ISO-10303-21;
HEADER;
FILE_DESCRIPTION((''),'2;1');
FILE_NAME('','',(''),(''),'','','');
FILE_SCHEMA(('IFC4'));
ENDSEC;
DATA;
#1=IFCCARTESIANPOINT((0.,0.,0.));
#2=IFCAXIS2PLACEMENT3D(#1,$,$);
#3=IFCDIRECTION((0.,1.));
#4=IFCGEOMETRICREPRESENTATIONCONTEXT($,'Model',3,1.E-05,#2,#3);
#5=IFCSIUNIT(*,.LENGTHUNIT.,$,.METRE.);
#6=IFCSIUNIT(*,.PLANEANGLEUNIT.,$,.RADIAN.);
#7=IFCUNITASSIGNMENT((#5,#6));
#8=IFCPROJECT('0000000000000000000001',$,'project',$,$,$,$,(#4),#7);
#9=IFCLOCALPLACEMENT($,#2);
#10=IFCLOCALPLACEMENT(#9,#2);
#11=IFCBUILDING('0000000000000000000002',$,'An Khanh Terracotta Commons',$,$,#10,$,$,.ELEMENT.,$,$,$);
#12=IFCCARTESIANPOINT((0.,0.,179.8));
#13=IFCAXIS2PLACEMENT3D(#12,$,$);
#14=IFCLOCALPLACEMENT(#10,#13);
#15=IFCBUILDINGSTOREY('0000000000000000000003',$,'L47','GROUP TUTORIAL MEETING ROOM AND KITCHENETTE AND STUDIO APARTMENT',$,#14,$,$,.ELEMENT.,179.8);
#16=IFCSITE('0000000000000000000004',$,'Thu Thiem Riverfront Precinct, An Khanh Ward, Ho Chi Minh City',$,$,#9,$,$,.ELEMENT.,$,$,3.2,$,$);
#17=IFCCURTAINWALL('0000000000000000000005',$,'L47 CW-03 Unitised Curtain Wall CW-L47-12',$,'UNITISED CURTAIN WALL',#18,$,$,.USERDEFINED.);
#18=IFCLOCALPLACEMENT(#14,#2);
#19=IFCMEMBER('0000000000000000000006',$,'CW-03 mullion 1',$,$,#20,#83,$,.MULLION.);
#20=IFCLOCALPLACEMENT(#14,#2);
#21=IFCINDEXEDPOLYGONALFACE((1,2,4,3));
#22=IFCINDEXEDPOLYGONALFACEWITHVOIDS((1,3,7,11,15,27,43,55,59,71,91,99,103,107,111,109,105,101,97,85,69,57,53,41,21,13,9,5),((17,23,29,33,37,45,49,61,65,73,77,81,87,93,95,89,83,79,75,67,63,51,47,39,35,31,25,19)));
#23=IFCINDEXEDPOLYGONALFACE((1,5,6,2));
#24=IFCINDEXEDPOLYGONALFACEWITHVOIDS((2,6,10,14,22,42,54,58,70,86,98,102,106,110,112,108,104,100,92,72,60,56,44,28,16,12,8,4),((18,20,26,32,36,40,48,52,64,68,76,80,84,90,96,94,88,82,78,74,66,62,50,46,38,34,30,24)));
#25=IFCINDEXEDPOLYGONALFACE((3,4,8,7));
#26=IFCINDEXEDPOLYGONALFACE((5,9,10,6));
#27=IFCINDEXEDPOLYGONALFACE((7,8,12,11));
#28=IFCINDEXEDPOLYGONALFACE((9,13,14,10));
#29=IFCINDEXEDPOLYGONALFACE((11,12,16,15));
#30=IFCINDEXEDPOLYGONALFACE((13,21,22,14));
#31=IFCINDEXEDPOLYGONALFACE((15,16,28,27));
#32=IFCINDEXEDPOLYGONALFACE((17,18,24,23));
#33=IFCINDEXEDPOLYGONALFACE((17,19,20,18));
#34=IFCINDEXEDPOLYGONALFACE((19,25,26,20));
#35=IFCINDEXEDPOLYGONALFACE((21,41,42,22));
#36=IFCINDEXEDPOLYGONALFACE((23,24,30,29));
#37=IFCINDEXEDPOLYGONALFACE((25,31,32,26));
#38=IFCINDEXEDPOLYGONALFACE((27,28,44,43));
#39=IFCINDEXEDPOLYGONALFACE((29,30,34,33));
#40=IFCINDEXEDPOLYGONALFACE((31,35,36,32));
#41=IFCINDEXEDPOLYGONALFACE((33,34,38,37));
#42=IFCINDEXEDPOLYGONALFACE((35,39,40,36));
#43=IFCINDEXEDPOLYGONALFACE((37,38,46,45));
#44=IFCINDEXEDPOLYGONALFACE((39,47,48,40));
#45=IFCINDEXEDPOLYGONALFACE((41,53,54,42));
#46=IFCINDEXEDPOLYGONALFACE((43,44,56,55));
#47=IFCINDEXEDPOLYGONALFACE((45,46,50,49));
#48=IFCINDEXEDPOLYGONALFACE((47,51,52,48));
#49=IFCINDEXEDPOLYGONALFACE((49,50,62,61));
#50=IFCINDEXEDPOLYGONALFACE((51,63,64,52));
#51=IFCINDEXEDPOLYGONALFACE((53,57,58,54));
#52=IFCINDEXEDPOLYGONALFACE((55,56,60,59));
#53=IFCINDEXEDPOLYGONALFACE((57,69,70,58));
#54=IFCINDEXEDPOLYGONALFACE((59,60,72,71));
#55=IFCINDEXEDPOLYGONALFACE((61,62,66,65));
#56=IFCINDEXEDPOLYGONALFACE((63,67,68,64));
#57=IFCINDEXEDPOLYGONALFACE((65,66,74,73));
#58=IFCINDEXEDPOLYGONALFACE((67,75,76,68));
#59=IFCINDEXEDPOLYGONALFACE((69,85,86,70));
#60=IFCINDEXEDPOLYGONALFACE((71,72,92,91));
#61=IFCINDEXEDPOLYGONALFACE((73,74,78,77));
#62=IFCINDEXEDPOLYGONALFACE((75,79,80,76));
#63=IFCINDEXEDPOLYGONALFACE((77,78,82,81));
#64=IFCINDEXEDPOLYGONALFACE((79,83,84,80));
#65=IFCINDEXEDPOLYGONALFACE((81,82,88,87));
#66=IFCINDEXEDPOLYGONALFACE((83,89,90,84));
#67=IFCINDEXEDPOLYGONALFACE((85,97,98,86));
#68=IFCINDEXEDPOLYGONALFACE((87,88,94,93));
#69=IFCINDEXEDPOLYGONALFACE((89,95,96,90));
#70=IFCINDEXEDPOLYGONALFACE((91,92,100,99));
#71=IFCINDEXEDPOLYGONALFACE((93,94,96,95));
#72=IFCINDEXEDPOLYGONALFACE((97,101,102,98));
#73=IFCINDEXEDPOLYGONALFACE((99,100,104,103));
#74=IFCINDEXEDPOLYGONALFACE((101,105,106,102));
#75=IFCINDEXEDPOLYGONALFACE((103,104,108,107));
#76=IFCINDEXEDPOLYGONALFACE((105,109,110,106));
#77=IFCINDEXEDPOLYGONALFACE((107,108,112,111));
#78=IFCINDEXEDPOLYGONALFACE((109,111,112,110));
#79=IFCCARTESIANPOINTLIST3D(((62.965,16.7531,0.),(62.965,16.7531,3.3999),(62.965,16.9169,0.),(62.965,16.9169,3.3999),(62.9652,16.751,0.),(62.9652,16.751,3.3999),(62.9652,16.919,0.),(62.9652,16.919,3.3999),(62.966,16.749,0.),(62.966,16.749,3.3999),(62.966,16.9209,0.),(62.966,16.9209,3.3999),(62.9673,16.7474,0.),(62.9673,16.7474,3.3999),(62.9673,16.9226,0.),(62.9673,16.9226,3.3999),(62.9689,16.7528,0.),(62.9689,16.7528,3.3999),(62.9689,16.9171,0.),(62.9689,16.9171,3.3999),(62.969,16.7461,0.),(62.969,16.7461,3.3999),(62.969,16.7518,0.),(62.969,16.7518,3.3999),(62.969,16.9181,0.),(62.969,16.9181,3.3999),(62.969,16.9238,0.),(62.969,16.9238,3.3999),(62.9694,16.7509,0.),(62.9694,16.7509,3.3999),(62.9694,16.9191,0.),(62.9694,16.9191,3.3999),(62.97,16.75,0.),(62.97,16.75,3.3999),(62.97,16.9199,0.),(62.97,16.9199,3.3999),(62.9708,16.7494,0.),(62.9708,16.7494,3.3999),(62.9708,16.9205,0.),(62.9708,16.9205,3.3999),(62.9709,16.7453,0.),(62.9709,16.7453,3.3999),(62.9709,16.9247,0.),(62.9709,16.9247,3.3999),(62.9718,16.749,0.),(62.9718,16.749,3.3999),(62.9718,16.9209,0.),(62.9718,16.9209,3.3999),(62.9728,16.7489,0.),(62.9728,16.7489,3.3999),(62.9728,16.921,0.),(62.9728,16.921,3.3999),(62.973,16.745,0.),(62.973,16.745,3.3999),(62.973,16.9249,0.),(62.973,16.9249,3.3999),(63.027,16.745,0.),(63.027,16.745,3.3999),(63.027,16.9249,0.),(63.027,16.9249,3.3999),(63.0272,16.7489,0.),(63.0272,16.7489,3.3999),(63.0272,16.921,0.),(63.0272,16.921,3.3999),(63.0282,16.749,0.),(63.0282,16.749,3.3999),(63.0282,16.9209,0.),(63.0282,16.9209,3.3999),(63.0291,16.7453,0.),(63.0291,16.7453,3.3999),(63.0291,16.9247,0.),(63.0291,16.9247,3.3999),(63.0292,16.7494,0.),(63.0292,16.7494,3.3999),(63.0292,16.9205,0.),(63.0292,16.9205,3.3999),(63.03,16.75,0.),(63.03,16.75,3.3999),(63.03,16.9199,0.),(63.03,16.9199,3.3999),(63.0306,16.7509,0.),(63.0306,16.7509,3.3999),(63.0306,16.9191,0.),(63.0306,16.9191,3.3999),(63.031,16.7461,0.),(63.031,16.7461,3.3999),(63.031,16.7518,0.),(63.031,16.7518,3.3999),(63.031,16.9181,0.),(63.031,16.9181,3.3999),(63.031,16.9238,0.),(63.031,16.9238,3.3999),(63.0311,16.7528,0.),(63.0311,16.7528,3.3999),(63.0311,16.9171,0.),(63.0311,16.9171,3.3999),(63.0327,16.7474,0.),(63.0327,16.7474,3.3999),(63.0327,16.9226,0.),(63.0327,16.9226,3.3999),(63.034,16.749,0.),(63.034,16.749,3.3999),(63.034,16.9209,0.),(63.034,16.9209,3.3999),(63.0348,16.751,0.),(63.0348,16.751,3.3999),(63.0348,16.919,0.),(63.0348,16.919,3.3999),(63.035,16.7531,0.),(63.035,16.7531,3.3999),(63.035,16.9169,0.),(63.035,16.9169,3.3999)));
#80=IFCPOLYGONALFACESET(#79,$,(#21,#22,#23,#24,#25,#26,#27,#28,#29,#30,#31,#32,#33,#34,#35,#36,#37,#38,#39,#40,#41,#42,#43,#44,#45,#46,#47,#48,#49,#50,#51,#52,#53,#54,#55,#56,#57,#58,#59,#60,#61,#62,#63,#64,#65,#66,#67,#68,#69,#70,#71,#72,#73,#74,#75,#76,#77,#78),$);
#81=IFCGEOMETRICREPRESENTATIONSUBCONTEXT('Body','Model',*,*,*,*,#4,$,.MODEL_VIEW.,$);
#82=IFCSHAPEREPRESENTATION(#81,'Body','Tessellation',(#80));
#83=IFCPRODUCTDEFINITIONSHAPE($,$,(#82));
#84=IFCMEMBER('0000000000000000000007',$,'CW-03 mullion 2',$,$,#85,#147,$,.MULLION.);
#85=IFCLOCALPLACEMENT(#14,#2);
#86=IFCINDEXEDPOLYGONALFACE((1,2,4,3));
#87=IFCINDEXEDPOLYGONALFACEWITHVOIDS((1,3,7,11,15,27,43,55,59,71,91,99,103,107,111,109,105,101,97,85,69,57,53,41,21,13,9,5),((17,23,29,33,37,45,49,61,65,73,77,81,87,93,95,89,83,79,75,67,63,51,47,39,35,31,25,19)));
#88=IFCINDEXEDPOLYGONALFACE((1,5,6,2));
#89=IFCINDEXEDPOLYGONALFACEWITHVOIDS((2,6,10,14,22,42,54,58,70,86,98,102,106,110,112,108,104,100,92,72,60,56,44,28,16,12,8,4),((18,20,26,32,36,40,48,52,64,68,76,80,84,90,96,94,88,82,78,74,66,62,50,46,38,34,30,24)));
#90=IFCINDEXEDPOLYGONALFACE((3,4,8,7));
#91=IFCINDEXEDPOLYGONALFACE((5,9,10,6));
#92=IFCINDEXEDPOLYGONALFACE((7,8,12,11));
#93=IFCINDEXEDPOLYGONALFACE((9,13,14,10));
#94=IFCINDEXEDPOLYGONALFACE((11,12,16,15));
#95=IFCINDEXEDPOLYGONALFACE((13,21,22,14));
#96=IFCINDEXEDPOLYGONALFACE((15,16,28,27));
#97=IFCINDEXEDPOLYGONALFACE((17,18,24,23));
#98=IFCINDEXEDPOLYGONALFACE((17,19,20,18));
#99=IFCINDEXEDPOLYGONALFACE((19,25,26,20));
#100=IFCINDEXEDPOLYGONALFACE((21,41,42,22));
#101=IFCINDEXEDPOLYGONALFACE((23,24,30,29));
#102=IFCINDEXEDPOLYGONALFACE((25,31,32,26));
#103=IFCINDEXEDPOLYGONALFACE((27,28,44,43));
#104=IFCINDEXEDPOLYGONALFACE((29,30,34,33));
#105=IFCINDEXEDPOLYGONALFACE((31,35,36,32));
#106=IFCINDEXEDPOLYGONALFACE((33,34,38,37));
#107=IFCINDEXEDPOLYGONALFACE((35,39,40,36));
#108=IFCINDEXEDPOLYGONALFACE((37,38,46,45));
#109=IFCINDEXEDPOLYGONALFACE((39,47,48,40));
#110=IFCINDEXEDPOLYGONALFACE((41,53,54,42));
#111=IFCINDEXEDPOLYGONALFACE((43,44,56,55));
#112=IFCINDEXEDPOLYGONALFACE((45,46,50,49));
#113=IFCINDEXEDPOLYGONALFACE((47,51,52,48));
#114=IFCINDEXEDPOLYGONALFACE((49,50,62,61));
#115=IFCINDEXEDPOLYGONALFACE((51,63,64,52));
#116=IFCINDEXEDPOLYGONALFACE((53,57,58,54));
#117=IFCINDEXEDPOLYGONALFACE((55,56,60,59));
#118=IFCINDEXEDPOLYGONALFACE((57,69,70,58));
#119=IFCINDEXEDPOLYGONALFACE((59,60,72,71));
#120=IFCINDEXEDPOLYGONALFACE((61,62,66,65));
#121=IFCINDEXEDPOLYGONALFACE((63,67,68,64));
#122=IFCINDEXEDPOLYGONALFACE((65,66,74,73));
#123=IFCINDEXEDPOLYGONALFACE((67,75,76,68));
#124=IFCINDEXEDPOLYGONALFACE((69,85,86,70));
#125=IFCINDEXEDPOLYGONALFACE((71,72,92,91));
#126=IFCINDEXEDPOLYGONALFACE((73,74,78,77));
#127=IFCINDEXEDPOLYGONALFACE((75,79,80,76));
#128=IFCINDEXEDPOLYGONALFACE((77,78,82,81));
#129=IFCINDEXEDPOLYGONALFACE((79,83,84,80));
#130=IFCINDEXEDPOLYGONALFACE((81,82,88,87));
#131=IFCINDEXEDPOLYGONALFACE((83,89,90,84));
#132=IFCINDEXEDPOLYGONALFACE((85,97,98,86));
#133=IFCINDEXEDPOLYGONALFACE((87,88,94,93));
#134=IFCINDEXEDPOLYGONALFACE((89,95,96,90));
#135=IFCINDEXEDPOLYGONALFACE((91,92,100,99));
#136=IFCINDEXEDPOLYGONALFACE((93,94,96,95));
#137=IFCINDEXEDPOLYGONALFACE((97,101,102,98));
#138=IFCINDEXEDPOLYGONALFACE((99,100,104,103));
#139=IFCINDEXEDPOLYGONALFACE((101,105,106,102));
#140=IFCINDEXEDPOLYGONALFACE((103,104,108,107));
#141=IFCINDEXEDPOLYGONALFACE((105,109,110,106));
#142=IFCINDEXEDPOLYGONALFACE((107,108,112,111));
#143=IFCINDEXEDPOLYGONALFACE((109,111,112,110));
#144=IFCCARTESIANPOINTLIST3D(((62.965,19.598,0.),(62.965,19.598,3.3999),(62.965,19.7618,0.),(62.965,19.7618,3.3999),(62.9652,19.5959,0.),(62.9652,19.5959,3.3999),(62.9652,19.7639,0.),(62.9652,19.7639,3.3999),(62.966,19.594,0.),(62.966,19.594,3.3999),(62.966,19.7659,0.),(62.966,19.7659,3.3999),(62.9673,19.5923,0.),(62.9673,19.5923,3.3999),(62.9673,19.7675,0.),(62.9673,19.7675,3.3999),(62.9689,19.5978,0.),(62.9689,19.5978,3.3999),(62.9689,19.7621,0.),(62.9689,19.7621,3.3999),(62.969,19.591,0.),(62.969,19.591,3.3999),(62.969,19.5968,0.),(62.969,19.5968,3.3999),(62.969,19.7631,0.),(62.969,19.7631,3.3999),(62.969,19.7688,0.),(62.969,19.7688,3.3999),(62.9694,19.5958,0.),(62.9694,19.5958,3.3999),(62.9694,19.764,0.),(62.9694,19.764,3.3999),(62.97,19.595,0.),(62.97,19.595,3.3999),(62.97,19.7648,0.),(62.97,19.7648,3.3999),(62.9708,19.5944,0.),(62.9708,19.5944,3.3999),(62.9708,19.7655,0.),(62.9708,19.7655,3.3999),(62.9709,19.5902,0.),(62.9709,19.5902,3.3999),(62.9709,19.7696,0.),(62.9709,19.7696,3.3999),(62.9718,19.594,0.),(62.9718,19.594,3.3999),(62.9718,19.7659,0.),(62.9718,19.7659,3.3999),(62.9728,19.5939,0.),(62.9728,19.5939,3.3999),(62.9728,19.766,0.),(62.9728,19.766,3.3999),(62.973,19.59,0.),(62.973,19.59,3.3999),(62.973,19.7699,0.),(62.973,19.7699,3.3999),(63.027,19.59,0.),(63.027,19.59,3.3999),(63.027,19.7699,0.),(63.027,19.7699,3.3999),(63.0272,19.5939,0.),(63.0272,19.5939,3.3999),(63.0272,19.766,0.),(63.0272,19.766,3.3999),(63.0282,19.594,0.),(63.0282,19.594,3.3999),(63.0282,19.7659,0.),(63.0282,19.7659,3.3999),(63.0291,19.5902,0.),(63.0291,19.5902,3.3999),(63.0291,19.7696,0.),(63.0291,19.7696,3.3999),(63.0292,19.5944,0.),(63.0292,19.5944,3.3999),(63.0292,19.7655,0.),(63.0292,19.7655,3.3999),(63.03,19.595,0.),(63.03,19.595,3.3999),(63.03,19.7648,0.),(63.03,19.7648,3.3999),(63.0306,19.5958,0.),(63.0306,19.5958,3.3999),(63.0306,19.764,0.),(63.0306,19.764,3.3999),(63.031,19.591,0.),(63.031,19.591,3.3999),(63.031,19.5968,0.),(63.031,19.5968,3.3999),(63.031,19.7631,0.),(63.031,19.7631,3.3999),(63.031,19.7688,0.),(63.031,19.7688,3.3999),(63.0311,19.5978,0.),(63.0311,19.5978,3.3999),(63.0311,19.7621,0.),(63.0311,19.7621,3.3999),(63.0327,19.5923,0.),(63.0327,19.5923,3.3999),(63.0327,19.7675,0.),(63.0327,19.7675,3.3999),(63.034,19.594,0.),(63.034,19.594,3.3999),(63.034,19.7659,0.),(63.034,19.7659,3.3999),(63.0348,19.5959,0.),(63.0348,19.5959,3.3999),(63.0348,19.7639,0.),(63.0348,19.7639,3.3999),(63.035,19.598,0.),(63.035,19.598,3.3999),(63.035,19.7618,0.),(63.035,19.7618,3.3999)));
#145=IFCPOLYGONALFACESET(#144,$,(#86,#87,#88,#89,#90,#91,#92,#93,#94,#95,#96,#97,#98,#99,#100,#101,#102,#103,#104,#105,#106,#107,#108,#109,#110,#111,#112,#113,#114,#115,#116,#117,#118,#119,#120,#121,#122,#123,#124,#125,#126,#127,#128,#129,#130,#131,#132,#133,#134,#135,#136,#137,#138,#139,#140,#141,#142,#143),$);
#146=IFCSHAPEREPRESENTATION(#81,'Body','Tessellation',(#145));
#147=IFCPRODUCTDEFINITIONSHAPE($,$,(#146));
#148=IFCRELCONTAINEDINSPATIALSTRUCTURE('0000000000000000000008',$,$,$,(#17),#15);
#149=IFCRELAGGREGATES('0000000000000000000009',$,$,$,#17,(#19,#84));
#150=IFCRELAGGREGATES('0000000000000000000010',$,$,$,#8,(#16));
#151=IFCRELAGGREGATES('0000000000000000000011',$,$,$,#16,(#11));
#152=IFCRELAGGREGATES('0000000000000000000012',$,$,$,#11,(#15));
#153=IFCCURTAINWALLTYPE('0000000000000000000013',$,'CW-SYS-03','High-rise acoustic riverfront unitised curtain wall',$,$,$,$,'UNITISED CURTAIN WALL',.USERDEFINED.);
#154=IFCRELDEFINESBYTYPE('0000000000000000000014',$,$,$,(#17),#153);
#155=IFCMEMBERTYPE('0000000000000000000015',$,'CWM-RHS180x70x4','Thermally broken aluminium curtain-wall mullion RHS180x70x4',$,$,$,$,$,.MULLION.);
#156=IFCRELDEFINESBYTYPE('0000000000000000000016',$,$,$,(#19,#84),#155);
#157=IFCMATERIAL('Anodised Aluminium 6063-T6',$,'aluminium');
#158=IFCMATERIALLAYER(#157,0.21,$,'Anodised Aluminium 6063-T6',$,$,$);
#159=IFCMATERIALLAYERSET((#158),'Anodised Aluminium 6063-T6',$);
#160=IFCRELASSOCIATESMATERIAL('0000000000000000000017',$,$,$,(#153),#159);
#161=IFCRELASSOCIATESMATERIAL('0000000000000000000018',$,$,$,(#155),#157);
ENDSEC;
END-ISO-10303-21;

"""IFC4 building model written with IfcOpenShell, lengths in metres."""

from ifc_helpers import new_model, si_unit, direction, frame, origin, origin_2d, place, context, subcontext, project, spatial, hollow_rectangle, extrude, material, layer, layer_set, material_profile, profile_set, type_object, element, aggregate, save


model = new_model("IFC4")

# Units and contexts
model_context = context("Model", 3, precision=1e-05, world=origin(), true_north=direction((0.0, 1.0)))
body_context = subcontext(model_context, "Body", "Model", "MODEL_VIEW")
ifc_project = project(units=[si_unit("LENGTHUNIT", "METRE"), si_unit("PLANEANGLEUNIT", "RADIAN")], contexts=[model_context])

# Site, building, storey
site_placement = place(None, origin())
site = spatial("IfcSite", under=ifc_project, at=site_placement, Name="Thu Thiem Riverfront Precinct, An Khanh Ward, Ho Chi Minh City", CompositionType="ELEMENT", RefElevation=3.2)
building_placement = place(site_placement, origin())
building = spatial("IfcBuilding", under=site, at=building_placement, Name="An Khanh Terracotta Commons", CompositionType="ELEMENT")
storey_placement = place(building_placement, frame((0.0, 0.0, 179.8)))
storey = spatial("IfcBuildingStorey", under=building, at=storey_placement, Name="L47", Description="GROUP TUTORIAL MEETING ROOM AND KITCHENETTE AND STUDIO APARTMENT", CompositionType="ELEMENT", Elevation=179.8)

# Curtain wall, members
ifc_material_1 = material(Name="Anodised Aluminium 6063-T6", Category="aluminium")
ifc_layer_1 = layer(ifc_material_1, 0.21, Name="Anodised Aluminium 6063-T6")
ifc_layer_set_1 = layer_set([ifc_layer_1], Name="Anodised Aluminium 6063-T6")
curtain_wall_type = type_object("IfcCurtainWallType", Name="CW-SYS-03", Description="High-rise acoustic riverfront unitised curtain wall", ElementType="UNITISED CURTAIN WALL", PredefinedType="USERDEFINED", material=ifc_layer_set_1)
ifc_material_profile_1 = material_profile(ifc_material_1, hollow_rectangle(XDim=0.0701, YDim=0.1799, WallThickness=0.0039, InnerFilletRadius=0.0039, OuterFilletRadius=0.0081, at=origin_2d()), Name="RHS180x70x4")
ifc_profile_set_1 = profile_set([ifc_material_profile_1], Name="Anodised Aluminium 6063-T6")
member_type_1 = type_object("IfcMemberType", Name="CWM-RHS180x70x4", Description="Thermally broken aluminium curtain-wall mullion RHS180x70x4", PredefinedType="MULLION", material=ifc_profile_set_1)
curtain_wall_1_placement = place(storey_placement, origin())
curtain_wall_1 = element("IfcCurtainWall", 1, at=curtain_wall_1_placement, inside=storey, type_object=curtain_wall_type, Name="L47 CW-03 Unitised Curtain Wall CW-L47-12", ObjectType="UNITISED CURTAIN WALL", PredefinedType="USERDEFINED")
member_1_placement = place(storey_placement, frame((63.0, 16.835, 0.0), z_axis=(0.0, 0.0, 1.0), x_axis=(-1.0, 0.0, 0.0)))
member_1 = element("IfcMember", 2, at=member_1_placement, type_object=member_type_1, Name="CW-03 mullion 1", PredefinedType="MULLION", context=body_context, shape_type="SweptSolid", body=[
    extrude(hollow_rectangle(XDim=0.0701, YDim=0.1799, WallThickness=0.0039, InnerFilletRadius=0.0039, OuterFilletRadius=0.0081, at=origin_2d()), origin(), (0.0, 0.0, 1.0), 3.3999),
])
member_2_placement = place(storey_placement, frame((63.0, 19.6799, 0.0), z_axis=(0.0, 0.0, 1.0), x_axis=(-1.0, 0.0, 0.0)))
member_2 = element("IfcMember", 3, at=member_2_placement, type_object=member_type_1, Name="CW-03 mullion 2", PredefinedType="MULLION", context=body_context, shape_type="SweptSolid", body=[
    extrude(hollow_rectangle(XDim=0.0701, YDim=0.1799, WallThickness=0.0039, InnerFilletRadius=0.0039, OuterFilletRadius=0.0081, at=origin_2d()), origin(), (0.0, 0.0, 1.0), 3.3999),
])

aggregate(curtain_wall_1, [member_1, member_2])

save(model, "model.ifc")
